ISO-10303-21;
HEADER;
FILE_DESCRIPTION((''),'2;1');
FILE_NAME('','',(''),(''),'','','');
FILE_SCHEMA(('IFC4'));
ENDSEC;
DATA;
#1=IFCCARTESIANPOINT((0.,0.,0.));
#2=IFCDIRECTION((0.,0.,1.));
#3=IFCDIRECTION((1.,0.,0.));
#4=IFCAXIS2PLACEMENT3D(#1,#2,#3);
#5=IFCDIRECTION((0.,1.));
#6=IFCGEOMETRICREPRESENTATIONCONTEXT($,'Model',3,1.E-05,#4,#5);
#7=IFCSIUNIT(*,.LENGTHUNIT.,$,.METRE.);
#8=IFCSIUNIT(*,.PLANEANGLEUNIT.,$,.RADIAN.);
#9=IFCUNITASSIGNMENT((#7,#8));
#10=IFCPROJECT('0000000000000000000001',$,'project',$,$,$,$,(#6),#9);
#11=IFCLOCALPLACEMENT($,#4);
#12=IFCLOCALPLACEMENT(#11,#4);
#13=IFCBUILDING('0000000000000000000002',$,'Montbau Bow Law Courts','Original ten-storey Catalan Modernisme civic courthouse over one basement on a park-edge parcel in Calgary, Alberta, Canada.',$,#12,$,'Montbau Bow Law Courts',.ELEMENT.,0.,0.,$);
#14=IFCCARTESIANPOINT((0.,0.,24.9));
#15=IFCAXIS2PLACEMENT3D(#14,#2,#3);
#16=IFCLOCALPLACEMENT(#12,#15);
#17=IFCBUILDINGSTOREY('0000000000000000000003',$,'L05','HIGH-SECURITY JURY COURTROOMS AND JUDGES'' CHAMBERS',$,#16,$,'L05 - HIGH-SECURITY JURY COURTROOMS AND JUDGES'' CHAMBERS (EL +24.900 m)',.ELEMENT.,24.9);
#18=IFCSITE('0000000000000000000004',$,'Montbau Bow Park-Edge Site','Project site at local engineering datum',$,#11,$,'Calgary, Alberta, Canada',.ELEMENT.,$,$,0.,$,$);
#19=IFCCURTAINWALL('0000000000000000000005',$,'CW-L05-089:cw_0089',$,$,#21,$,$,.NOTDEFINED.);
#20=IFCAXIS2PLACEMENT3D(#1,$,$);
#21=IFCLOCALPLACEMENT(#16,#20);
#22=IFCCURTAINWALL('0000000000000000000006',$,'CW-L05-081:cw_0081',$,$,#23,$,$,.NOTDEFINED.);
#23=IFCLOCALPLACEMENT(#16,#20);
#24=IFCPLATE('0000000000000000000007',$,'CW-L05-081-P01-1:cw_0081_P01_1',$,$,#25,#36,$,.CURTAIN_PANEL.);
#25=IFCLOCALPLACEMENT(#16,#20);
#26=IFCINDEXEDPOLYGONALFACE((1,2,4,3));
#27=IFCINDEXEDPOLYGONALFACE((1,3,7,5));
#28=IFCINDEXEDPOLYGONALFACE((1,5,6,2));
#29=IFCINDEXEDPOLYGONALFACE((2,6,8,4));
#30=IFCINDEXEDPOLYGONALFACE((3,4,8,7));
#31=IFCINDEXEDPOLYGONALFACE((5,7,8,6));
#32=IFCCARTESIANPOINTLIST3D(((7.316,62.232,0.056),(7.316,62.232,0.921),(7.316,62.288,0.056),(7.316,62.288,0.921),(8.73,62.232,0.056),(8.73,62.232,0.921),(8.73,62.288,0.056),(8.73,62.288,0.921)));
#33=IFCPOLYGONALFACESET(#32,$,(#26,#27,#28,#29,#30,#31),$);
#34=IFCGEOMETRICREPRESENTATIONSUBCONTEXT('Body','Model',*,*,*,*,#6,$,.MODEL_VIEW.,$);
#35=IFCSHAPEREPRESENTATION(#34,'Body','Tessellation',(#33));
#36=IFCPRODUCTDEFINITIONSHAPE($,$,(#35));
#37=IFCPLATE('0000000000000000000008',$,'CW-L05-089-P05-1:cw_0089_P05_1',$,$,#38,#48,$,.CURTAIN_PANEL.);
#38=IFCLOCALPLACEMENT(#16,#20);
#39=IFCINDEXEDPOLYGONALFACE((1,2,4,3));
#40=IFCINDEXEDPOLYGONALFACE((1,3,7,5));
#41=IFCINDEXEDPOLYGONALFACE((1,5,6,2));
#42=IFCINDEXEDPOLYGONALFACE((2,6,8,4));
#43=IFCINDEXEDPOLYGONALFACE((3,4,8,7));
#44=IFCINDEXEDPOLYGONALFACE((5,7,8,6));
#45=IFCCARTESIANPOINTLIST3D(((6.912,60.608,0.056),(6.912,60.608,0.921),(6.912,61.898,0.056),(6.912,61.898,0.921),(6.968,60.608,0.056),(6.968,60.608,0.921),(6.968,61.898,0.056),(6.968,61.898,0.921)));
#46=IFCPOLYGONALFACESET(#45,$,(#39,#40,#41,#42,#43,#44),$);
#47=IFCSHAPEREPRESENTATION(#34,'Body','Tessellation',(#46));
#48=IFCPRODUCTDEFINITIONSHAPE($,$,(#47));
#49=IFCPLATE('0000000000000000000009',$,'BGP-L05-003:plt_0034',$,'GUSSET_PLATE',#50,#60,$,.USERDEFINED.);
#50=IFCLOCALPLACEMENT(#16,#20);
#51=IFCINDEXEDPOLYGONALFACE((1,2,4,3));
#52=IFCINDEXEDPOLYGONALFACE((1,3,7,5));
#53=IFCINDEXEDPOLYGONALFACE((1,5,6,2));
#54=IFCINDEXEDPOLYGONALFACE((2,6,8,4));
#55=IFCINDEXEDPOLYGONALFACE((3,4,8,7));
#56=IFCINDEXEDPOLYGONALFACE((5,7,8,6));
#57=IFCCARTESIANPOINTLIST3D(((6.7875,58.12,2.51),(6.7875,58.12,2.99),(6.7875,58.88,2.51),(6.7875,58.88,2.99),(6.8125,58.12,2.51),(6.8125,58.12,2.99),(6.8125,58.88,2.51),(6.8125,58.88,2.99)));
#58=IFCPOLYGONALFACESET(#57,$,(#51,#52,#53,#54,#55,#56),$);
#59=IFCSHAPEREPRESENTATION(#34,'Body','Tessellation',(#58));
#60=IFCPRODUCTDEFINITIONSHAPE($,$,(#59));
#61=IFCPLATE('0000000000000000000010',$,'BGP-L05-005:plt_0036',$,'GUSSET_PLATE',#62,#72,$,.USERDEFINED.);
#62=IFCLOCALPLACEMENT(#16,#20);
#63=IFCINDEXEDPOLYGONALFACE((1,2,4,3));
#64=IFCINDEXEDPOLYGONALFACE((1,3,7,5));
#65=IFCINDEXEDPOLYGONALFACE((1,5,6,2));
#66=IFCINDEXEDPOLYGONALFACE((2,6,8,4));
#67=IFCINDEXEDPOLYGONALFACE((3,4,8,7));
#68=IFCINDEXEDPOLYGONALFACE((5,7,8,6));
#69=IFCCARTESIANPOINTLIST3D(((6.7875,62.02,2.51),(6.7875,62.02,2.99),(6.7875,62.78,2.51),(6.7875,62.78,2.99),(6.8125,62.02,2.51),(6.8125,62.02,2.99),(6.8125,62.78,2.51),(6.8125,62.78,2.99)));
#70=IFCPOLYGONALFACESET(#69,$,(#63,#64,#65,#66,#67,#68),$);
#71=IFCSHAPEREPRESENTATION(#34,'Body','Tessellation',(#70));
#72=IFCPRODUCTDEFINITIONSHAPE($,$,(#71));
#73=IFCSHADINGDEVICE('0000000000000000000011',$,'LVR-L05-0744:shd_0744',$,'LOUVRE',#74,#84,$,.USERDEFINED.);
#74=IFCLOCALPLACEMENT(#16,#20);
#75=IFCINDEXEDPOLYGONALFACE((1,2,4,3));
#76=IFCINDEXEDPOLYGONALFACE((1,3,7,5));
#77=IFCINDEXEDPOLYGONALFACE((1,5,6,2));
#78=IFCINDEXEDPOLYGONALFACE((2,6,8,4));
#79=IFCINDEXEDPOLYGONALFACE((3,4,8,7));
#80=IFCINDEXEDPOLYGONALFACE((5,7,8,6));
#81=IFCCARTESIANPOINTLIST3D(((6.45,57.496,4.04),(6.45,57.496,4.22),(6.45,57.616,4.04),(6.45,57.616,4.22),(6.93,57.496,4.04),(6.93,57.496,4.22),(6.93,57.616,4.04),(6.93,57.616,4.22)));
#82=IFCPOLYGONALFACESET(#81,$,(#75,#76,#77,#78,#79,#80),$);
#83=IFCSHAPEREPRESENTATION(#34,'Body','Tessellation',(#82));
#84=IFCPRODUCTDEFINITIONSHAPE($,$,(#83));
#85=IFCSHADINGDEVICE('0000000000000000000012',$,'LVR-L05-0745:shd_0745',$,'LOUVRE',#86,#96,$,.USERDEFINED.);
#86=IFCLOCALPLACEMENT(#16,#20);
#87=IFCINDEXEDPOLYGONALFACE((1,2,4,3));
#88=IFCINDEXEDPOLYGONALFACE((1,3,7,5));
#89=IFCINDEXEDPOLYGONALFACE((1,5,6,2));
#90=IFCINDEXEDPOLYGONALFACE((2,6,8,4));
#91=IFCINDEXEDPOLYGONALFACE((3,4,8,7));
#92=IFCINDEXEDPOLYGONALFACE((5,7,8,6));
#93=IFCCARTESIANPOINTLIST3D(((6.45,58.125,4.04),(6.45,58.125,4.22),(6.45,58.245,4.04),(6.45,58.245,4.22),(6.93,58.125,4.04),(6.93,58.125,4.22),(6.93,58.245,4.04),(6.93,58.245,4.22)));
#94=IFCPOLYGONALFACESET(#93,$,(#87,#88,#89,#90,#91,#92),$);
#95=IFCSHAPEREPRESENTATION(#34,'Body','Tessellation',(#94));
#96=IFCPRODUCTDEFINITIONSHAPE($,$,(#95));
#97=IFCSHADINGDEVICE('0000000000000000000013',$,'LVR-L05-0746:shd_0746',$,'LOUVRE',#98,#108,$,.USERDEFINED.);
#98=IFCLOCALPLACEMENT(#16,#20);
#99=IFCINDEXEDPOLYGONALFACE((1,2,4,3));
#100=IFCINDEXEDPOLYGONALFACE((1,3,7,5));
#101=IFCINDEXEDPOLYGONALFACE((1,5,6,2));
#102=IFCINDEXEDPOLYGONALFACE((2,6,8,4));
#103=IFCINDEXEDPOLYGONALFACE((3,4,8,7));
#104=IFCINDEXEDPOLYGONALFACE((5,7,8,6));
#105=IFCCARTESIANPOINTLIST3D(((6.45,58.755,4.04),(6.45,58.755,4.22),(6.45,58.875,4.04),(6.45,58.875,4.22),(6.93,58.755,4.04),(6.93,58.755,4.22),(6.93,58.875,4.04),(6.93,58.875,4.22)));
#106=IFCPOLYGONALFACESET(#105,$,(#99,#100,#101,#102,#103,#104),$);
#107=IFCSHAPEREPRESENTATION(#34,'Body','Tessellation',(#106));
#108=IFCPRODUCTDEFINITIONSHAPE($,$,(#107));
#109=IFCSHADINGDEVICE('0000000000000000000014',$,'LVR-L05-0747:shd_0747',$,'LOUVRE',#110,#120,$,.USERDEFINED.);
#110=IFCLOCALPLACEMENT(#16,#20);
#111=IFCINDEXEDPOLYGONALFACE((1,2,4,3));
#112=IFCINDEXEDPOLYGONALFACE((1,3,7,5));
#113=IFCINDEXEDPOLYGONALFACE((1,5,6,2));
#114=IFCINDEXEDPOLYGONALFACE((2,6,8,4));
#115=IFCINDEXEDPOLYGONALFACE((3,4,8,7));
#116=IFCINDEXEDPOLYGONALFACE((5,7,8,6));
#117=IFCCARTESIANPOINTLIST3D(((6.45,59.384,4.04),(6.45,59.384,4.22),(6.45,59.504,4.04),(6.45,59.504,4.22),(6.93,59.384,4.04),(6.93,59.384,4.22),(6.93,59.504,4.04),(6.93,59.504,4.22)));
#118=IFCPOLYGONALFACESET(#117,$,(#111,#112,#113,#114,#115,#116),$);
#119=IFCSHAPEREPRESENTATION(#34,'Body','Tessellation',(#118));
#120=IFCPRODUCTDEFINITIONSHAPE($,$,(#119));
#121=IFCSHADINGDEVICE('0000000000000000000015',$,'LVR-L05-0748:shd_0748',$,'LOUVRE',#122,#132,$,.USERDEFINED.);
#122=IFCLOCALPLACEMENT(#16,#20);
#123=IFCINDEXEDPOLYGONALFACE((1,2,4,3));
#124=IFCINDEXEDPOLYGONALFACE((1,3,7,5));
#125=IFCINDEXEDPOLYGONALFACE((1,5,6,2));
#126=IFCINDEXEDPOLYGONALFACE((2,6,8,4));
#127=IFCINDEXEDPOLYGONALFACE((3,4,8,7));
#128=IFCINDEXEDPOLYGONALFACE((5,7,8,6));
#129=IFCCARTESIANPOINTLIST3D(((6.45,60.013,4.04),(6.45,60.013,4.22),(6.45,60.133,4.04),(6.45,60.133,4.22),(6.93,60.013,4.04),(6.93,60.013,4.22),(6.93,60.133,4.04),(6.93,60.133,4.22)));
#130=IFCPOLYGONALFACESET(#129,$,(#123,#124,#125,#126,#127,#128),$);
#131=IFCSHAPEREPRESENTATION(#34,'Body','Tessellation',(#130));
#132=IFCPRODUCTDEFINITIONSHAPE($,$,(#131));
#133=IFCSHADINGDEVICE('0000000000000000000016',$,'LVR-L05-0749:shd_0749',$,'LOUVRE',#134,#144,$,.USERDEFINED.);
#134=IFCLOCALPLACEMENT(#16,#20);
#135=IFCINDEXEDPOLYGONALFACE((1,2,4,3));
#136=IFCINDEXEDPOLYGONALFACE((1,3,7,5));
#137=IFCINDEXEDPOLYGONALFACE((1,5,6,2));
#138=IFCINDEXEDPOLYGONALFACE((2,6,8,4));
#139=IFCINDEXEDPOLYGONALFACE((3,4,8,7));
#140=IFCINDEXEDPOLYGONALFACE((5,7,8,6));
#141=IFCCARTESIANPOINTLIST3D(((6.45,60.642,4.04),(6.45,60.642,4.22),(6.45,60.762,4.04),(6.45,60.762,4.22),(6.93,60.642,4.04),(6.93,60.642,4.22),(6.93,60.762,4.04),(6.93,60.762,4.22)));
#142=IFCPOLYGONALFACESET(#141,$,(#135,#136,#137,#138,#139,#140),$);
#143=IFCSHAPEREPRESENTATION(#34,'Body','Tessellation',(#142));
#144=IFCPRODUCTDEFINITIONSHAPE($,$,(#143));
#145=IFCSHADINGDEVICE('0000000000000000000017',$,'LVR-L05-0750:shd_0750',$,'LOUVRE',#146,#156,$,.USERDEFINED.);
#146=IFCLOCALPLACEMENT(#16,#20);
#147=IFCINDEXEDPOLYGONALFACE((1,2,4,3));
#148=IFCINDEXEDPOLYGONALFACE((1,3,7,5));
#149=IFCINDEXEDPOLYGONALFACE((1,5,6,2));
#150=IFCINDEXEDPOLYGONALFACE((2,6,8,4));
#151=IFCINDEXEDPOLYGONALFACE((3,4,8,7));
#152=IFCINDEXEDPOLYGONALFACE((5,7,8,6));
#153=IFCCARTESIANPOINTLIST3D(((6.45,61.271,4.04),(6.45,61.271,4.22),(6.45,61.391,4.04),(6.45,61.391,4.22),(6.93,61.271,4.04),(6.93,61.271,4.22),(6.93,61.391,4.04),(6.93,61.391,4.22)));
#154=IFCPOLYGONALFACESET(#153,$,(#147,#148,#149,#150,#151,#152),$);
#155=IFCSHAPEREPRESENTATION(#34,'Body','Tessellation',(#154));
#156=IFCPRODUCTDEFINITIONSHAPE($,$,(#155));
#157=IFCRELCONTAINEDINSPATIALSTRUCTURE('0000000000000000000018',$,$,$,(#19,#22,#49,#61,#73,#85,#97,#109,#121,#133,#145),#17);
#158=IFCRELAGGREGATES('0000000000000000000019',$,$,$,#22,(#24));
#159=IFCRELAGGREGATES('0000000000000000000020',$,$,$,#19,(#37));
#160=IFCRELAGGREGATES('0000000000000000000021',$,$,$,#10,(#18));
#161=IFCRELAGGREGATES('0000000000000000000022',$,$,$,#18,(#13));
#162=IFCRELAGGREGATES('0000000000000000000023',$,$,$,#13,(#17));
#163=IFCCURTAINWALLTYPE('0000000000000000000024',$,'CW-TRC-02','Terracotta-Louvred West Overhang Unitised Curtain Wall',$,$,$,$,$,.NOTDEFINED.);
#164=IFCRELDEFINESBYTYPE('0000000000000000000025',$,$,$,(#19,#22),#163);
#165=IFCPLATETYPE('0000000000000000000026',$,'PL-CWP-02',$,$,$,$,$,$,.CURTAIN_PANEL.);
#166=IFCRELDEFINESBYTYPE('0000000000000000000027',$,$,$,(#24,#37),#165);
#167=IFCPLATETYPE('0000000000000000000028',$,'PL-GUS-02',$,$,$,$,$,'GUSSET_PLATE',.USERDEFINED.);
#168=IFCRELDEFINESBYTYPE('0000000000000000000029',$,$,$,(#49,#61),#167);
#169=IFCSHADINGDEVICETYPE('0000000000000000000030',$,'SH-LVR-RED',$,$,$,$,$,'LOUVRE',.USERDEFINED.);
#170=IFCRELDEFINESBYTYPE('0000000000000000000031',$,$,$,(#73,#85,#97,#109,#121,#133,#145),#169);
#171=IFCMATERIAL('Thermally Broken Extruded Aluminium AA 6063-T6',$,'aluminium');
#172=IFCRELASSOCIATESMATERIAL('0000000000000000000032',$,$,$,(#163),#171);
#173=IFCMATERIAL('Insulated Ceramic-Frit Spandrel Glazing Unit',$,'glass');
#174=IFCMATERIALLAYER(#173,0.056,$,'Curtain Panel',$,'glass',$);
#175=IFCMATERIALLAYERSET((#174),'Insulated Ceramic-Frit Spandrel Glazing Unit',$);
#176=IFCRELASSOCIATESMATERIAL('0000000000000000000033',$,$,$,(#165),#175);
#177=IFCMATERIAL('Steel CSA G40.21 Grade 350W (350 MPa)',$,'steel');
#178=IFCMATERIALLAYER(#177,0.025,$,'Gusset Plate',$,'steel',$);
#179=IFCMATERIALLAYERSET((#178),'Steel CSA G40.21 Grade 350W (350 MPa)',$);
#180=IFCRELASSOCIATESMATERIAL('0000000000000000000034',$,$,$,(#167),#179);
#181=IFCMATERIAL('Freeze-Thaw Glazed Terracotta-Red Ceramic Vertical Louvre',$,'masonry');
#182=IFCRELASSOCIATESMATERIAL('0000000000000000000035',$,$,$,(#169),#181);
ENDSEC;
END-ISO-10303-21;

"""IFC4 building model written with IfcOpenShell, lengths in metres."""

from ifc_helpers import new_model, si_unit, direction, frame, frame_2d, origin_with_axes, origin_2d_with_axis, place, context, subcontext, project, spatial, rectangle, extrude, material, layer, layer_set, type_object, element, aggregate, save


model = new_model("IFC4")

# Units and contexts
model_context = context("Model", 3, precision=1e-05, world=origin_with_axes(), true_north=direction((0.0, 1.0)))
body_context = subcontext(model_context, "Body", "Model", "MODEL_VIEW")
ifc_project = project(units=[si_unit("LENGTHUNIT", "METRE"), si_unit("PLANEANGLEUNIT", "RADIAN")], contexts=[model_context])

# Site, building, storey
site_placement = place(None, origin_with_axes())
site = spatial("IfcSite", under=ifc_project, at=site_placement, Name="Montbau Bow Park-Edge Site", Description="Project site at local engineering datum", LongName="Calgary, Alberta, Canada", CompositionType="ELEMENT", RefElevation=0.0)
building_placement = place(site_placement, origin_with_axes())
building = spatial("IfcBuilding", under=site, at=building_placement, Name="Montbau Bow Law Courts", Description="Original ten-storey Catalan Modernisme civic courthouse over one basement on a park-edge parcel in Calgary, Alberta, Canada.", LongName="Montbau Bow Law Courts", CompositionType="ELEMENT", ElevationOfRefHeight=0.0, ElevationOfTerrain=0.0)
storey_placement = place(building_placement, frame((0.0, 0.0, 24.9), z_axis=(0.0, 0.0, 1.0), x_axis=(1.0, 0.0, 0.0)))
storey = spatial("IfcBuildingStorey", under=building, at=storey_placement, Name="L05", Description="HIGH-SECURITY JURY COURTROOMS AND JUDGES' CHAMBERS", LongName="L05 - HIGH-SECURITY JURY COURTROOMS AND JUDGES' CHAMBERS (EL +24.900 m)", CompositionType="ELEMENT", Elevation=24.9)

# Shared definitions
ifc_material_1 = material(Name="Steel CSA G40.21 Grade 350W (350 MPa)", Category="steel")

# Curtain wall
ifc_material_2 = material(Name="Thermally Broken Extruded Aluminium AA 6063-T6", Category="aluminium")
curtain_wall_type = type_object("IfcCurtainWallType", Name="CW-TRC-02", Description="Terracotta-Louvred West Overhang Unitised Curtain Wall", PredefinedType="NOTDEFINED", material=ifc_material_2)
curtain_wall_1_placement = place(None, frame((6.94, 55.04, 24.9), z_axis=(0.0, 0.0, 1.0), x_axis=(1.0, 0.0, 0.0)))
curtain_wall_1 = element("IfcCurtainWall", 1, at=curtain_wall_1_placement, inside=storey, type_object=curtain_wall_type, Name="CW-L05-089:cw_0089", PredefinedType="NOTDEFINED")

# Curtain wall, plate
curtain_wall_2_placement = place(None, frame((7.24, 62.26, 24.9), z_axis=(0.0, 0.0, 1.0), x_axis=(1.0, 0.0, 0.0)))
curtain_wall_2 = element("IfcCurtainWall", 2, at=curtain_wall_2_placement, inside=storey, type_object=curtain_wall_type, Name="CW-L05-081:cw_0081", PredefinedType="NOTDEFINED")
ifc_material_3 = material(Name="Insulated Ceramic-Frit Spandrel Glazing Unit", Category="glass")
ifc_layer_1 = layer(ifc_material_3, 0.056, Name="Curtain Panel", Category="glass")
ifc_layer_set_1 = layer_set([ifc_layer_1], Name="Insulated Ceramic-Frit Spandrel Glazing Unit")
plate_type_1 = type_object("IfcPlateType", Name="PL-CWP-02", PredefinedType="CURTAIN_PANEL", material=ifc_layer_set_1)
plate_1_placement = place(None, frame((7.316, 62.26, 24.956), z_axis=(0.0, -1.0, 0.0), x_axis=(1.0, 0.0, 0.0)))
plate_1 = element("IfcPlate", 3, at=plate_1_placement, type_object=plate_type_1, Name="CW-L05-081-P01-1:cw_0081_P01_1", PredefinedType="CURTAIN_PANEL", context=body_context, shape_type="SweptSolid", body=[
    extrude(rectangle(XDim=1.414, YDim=0.865, at=frame_2d((0.707, 0.4325), x_axis=(1.0, 0.0))), frame((0.0, 0.0, -0.028), z_axis=(0.0, 0.0, 1.0), x_axis=(1.0, 0.0, 0.0)), (0.0, 0.0, 1.0), 0.056),
])
aggregate(curtain_wall_2, [plate_1])

# Plate
plate_2_placement = place(None, frame((6.94, 60.608, 24.956), z_axis=(1.0, 0.0, 0.0), x_axis=(0.0, 1.0, 0.0)))
plate_2 = element("IfcPlate", 4, at=plate_2_placement, type_object=plate_type_1, Name="CW-L05-089-P05-1:cw_0089_P05_1", PredefinedType="CURTAIN_PANEL", context=body_context, shape_type="SweptSolid", body=[
    extrude(rectangle(XDim=1.29, YDim=0.865, at=frame_2d((0.645, 0.4325), x_axis=(1.0, 0.0))), frame((0.0, 0.0, -0.028), z_axis=(0.0, 0.0, 1.0), x_axis=(1.0, 0.0, 0.0)), (0.0, 0.0, 1.0), 0.056),
])
aggregate(curtain_wall_1, [plate_2])

# Plates
ifc_layer_2 = layer(ifc_material_1, 0.025, Name="Gusset Plate", Category="steel")
ifc_layer_set_2 = layer_set([ifc_layer_2], Name="Steel CSA G40.21 Grade 350W (350 MPa)")
plate_type_2 = type_object("IfcPlateType", Name="PL-GUS-02", ElementType="GUSSET_PLATE", PredefinedType="USERDEFINED", material=ifc_layer_set_2)
for number, where, z_axis, x_axis, name in (
    (5, (6.8, 58.5, 27.41), (0.0, 0.0, 1.0), (0.0, 1.0, 0.0), "BGP-L05-003:plt_0034"),
    (6, (6.8, 62.4, 27.41), (0.0, 0.0, 1.0), (0.0, 1.0, 0.0), "BGP-L05-005:plt_0036"),
):
    element("IfcPlate", number, at=place(None, frame(where, z_axis=z_axis, x_axis=x_axis)), inside=storey, type_object=plate_type_2, Name=name, ObjectType="GUSSET_PLATE", PredefinedType="USERDEFINED", context=body_context, shape_type="SweptSolid", body=[
        extrude(rectangle(XDim=0.76, YDim=0.025, at=origin_2d_with_axis()), origin_with_axes(), (0.0, 0.0, 1.0), 0.48),
    ])

# Shading devices
ifc_material_4 = material(Name="Freeze-Thaw Glazed Terracotta-Red Ceramic Vertical Louvre", Category="masonry")
shading_device_type = type_object("IfcShadingDeviceType", Name="SH-LVR-RED", ElementType="LOUVRE", PredefinedType="USERDEFINED", material=ifc_material_4)
for number, where, z_axis, x_axis, name in (
    (7, (6.69, 57.556, 28.94), (0.0, 0.0, 1.0), (-1.0, 0.0, 0.0), "LVR-L05-0744:shd_0744"),
    (8, (6.69, 58.185, 28.94), (0.0, 0.0, 1.0), (-1.0, 0.0, 0.0), "LVR-L05-0745:shd_0745"),
    (9, (6.69, 58.815, 28.94), (0.0, 0.0, 1.0), (-1.0, 0.0, 0.0), "LVR-L05-0746:shd_0746"),
    (10, (6.69, 59.444, 28.94), (0.0, 0.0, 1.0), (-1.0, 0.0, 0.0), "LVR-L05-0747:shd_0747"),
    (11, (6.69, 60.073, 28.94), (0.0, 0.0, 1.0), (-1.0, 0.0, 0.0), "LVR-L05-0748:shd_0748"),
    (12, (6.69, 60.702, 28.94), (0.0, 0.0, 1.0), (-1.0, 0.0, 0.0), "LVR-L05-0749:shd_0749"),
    (13, (6.69, 61.331, 28.94), (0.0, 0.0, 1.0), (-1.0, 0.0, 0.0), "LVR-L05-0750:shd_0750"),
):
    element("IfcShadingDevice", number, at=place(None, frame(where, z_axis=z_axis, x_axis=x_axis)), inside=storey, type_object=shading_device_type, Name=name, ObjectType="LOUVRE", PredefinedType="USERDEFINED", context=body_context, shape_type="SweptSolid", body=[
        extrude(rectangle(XDim=0.48, YDim=0.12, at=origin_2d_with_axis()), origin_with_axes(), (0.0, 0.0, 1.0), 0.18),
    ])

save(model, "model.ifc")
